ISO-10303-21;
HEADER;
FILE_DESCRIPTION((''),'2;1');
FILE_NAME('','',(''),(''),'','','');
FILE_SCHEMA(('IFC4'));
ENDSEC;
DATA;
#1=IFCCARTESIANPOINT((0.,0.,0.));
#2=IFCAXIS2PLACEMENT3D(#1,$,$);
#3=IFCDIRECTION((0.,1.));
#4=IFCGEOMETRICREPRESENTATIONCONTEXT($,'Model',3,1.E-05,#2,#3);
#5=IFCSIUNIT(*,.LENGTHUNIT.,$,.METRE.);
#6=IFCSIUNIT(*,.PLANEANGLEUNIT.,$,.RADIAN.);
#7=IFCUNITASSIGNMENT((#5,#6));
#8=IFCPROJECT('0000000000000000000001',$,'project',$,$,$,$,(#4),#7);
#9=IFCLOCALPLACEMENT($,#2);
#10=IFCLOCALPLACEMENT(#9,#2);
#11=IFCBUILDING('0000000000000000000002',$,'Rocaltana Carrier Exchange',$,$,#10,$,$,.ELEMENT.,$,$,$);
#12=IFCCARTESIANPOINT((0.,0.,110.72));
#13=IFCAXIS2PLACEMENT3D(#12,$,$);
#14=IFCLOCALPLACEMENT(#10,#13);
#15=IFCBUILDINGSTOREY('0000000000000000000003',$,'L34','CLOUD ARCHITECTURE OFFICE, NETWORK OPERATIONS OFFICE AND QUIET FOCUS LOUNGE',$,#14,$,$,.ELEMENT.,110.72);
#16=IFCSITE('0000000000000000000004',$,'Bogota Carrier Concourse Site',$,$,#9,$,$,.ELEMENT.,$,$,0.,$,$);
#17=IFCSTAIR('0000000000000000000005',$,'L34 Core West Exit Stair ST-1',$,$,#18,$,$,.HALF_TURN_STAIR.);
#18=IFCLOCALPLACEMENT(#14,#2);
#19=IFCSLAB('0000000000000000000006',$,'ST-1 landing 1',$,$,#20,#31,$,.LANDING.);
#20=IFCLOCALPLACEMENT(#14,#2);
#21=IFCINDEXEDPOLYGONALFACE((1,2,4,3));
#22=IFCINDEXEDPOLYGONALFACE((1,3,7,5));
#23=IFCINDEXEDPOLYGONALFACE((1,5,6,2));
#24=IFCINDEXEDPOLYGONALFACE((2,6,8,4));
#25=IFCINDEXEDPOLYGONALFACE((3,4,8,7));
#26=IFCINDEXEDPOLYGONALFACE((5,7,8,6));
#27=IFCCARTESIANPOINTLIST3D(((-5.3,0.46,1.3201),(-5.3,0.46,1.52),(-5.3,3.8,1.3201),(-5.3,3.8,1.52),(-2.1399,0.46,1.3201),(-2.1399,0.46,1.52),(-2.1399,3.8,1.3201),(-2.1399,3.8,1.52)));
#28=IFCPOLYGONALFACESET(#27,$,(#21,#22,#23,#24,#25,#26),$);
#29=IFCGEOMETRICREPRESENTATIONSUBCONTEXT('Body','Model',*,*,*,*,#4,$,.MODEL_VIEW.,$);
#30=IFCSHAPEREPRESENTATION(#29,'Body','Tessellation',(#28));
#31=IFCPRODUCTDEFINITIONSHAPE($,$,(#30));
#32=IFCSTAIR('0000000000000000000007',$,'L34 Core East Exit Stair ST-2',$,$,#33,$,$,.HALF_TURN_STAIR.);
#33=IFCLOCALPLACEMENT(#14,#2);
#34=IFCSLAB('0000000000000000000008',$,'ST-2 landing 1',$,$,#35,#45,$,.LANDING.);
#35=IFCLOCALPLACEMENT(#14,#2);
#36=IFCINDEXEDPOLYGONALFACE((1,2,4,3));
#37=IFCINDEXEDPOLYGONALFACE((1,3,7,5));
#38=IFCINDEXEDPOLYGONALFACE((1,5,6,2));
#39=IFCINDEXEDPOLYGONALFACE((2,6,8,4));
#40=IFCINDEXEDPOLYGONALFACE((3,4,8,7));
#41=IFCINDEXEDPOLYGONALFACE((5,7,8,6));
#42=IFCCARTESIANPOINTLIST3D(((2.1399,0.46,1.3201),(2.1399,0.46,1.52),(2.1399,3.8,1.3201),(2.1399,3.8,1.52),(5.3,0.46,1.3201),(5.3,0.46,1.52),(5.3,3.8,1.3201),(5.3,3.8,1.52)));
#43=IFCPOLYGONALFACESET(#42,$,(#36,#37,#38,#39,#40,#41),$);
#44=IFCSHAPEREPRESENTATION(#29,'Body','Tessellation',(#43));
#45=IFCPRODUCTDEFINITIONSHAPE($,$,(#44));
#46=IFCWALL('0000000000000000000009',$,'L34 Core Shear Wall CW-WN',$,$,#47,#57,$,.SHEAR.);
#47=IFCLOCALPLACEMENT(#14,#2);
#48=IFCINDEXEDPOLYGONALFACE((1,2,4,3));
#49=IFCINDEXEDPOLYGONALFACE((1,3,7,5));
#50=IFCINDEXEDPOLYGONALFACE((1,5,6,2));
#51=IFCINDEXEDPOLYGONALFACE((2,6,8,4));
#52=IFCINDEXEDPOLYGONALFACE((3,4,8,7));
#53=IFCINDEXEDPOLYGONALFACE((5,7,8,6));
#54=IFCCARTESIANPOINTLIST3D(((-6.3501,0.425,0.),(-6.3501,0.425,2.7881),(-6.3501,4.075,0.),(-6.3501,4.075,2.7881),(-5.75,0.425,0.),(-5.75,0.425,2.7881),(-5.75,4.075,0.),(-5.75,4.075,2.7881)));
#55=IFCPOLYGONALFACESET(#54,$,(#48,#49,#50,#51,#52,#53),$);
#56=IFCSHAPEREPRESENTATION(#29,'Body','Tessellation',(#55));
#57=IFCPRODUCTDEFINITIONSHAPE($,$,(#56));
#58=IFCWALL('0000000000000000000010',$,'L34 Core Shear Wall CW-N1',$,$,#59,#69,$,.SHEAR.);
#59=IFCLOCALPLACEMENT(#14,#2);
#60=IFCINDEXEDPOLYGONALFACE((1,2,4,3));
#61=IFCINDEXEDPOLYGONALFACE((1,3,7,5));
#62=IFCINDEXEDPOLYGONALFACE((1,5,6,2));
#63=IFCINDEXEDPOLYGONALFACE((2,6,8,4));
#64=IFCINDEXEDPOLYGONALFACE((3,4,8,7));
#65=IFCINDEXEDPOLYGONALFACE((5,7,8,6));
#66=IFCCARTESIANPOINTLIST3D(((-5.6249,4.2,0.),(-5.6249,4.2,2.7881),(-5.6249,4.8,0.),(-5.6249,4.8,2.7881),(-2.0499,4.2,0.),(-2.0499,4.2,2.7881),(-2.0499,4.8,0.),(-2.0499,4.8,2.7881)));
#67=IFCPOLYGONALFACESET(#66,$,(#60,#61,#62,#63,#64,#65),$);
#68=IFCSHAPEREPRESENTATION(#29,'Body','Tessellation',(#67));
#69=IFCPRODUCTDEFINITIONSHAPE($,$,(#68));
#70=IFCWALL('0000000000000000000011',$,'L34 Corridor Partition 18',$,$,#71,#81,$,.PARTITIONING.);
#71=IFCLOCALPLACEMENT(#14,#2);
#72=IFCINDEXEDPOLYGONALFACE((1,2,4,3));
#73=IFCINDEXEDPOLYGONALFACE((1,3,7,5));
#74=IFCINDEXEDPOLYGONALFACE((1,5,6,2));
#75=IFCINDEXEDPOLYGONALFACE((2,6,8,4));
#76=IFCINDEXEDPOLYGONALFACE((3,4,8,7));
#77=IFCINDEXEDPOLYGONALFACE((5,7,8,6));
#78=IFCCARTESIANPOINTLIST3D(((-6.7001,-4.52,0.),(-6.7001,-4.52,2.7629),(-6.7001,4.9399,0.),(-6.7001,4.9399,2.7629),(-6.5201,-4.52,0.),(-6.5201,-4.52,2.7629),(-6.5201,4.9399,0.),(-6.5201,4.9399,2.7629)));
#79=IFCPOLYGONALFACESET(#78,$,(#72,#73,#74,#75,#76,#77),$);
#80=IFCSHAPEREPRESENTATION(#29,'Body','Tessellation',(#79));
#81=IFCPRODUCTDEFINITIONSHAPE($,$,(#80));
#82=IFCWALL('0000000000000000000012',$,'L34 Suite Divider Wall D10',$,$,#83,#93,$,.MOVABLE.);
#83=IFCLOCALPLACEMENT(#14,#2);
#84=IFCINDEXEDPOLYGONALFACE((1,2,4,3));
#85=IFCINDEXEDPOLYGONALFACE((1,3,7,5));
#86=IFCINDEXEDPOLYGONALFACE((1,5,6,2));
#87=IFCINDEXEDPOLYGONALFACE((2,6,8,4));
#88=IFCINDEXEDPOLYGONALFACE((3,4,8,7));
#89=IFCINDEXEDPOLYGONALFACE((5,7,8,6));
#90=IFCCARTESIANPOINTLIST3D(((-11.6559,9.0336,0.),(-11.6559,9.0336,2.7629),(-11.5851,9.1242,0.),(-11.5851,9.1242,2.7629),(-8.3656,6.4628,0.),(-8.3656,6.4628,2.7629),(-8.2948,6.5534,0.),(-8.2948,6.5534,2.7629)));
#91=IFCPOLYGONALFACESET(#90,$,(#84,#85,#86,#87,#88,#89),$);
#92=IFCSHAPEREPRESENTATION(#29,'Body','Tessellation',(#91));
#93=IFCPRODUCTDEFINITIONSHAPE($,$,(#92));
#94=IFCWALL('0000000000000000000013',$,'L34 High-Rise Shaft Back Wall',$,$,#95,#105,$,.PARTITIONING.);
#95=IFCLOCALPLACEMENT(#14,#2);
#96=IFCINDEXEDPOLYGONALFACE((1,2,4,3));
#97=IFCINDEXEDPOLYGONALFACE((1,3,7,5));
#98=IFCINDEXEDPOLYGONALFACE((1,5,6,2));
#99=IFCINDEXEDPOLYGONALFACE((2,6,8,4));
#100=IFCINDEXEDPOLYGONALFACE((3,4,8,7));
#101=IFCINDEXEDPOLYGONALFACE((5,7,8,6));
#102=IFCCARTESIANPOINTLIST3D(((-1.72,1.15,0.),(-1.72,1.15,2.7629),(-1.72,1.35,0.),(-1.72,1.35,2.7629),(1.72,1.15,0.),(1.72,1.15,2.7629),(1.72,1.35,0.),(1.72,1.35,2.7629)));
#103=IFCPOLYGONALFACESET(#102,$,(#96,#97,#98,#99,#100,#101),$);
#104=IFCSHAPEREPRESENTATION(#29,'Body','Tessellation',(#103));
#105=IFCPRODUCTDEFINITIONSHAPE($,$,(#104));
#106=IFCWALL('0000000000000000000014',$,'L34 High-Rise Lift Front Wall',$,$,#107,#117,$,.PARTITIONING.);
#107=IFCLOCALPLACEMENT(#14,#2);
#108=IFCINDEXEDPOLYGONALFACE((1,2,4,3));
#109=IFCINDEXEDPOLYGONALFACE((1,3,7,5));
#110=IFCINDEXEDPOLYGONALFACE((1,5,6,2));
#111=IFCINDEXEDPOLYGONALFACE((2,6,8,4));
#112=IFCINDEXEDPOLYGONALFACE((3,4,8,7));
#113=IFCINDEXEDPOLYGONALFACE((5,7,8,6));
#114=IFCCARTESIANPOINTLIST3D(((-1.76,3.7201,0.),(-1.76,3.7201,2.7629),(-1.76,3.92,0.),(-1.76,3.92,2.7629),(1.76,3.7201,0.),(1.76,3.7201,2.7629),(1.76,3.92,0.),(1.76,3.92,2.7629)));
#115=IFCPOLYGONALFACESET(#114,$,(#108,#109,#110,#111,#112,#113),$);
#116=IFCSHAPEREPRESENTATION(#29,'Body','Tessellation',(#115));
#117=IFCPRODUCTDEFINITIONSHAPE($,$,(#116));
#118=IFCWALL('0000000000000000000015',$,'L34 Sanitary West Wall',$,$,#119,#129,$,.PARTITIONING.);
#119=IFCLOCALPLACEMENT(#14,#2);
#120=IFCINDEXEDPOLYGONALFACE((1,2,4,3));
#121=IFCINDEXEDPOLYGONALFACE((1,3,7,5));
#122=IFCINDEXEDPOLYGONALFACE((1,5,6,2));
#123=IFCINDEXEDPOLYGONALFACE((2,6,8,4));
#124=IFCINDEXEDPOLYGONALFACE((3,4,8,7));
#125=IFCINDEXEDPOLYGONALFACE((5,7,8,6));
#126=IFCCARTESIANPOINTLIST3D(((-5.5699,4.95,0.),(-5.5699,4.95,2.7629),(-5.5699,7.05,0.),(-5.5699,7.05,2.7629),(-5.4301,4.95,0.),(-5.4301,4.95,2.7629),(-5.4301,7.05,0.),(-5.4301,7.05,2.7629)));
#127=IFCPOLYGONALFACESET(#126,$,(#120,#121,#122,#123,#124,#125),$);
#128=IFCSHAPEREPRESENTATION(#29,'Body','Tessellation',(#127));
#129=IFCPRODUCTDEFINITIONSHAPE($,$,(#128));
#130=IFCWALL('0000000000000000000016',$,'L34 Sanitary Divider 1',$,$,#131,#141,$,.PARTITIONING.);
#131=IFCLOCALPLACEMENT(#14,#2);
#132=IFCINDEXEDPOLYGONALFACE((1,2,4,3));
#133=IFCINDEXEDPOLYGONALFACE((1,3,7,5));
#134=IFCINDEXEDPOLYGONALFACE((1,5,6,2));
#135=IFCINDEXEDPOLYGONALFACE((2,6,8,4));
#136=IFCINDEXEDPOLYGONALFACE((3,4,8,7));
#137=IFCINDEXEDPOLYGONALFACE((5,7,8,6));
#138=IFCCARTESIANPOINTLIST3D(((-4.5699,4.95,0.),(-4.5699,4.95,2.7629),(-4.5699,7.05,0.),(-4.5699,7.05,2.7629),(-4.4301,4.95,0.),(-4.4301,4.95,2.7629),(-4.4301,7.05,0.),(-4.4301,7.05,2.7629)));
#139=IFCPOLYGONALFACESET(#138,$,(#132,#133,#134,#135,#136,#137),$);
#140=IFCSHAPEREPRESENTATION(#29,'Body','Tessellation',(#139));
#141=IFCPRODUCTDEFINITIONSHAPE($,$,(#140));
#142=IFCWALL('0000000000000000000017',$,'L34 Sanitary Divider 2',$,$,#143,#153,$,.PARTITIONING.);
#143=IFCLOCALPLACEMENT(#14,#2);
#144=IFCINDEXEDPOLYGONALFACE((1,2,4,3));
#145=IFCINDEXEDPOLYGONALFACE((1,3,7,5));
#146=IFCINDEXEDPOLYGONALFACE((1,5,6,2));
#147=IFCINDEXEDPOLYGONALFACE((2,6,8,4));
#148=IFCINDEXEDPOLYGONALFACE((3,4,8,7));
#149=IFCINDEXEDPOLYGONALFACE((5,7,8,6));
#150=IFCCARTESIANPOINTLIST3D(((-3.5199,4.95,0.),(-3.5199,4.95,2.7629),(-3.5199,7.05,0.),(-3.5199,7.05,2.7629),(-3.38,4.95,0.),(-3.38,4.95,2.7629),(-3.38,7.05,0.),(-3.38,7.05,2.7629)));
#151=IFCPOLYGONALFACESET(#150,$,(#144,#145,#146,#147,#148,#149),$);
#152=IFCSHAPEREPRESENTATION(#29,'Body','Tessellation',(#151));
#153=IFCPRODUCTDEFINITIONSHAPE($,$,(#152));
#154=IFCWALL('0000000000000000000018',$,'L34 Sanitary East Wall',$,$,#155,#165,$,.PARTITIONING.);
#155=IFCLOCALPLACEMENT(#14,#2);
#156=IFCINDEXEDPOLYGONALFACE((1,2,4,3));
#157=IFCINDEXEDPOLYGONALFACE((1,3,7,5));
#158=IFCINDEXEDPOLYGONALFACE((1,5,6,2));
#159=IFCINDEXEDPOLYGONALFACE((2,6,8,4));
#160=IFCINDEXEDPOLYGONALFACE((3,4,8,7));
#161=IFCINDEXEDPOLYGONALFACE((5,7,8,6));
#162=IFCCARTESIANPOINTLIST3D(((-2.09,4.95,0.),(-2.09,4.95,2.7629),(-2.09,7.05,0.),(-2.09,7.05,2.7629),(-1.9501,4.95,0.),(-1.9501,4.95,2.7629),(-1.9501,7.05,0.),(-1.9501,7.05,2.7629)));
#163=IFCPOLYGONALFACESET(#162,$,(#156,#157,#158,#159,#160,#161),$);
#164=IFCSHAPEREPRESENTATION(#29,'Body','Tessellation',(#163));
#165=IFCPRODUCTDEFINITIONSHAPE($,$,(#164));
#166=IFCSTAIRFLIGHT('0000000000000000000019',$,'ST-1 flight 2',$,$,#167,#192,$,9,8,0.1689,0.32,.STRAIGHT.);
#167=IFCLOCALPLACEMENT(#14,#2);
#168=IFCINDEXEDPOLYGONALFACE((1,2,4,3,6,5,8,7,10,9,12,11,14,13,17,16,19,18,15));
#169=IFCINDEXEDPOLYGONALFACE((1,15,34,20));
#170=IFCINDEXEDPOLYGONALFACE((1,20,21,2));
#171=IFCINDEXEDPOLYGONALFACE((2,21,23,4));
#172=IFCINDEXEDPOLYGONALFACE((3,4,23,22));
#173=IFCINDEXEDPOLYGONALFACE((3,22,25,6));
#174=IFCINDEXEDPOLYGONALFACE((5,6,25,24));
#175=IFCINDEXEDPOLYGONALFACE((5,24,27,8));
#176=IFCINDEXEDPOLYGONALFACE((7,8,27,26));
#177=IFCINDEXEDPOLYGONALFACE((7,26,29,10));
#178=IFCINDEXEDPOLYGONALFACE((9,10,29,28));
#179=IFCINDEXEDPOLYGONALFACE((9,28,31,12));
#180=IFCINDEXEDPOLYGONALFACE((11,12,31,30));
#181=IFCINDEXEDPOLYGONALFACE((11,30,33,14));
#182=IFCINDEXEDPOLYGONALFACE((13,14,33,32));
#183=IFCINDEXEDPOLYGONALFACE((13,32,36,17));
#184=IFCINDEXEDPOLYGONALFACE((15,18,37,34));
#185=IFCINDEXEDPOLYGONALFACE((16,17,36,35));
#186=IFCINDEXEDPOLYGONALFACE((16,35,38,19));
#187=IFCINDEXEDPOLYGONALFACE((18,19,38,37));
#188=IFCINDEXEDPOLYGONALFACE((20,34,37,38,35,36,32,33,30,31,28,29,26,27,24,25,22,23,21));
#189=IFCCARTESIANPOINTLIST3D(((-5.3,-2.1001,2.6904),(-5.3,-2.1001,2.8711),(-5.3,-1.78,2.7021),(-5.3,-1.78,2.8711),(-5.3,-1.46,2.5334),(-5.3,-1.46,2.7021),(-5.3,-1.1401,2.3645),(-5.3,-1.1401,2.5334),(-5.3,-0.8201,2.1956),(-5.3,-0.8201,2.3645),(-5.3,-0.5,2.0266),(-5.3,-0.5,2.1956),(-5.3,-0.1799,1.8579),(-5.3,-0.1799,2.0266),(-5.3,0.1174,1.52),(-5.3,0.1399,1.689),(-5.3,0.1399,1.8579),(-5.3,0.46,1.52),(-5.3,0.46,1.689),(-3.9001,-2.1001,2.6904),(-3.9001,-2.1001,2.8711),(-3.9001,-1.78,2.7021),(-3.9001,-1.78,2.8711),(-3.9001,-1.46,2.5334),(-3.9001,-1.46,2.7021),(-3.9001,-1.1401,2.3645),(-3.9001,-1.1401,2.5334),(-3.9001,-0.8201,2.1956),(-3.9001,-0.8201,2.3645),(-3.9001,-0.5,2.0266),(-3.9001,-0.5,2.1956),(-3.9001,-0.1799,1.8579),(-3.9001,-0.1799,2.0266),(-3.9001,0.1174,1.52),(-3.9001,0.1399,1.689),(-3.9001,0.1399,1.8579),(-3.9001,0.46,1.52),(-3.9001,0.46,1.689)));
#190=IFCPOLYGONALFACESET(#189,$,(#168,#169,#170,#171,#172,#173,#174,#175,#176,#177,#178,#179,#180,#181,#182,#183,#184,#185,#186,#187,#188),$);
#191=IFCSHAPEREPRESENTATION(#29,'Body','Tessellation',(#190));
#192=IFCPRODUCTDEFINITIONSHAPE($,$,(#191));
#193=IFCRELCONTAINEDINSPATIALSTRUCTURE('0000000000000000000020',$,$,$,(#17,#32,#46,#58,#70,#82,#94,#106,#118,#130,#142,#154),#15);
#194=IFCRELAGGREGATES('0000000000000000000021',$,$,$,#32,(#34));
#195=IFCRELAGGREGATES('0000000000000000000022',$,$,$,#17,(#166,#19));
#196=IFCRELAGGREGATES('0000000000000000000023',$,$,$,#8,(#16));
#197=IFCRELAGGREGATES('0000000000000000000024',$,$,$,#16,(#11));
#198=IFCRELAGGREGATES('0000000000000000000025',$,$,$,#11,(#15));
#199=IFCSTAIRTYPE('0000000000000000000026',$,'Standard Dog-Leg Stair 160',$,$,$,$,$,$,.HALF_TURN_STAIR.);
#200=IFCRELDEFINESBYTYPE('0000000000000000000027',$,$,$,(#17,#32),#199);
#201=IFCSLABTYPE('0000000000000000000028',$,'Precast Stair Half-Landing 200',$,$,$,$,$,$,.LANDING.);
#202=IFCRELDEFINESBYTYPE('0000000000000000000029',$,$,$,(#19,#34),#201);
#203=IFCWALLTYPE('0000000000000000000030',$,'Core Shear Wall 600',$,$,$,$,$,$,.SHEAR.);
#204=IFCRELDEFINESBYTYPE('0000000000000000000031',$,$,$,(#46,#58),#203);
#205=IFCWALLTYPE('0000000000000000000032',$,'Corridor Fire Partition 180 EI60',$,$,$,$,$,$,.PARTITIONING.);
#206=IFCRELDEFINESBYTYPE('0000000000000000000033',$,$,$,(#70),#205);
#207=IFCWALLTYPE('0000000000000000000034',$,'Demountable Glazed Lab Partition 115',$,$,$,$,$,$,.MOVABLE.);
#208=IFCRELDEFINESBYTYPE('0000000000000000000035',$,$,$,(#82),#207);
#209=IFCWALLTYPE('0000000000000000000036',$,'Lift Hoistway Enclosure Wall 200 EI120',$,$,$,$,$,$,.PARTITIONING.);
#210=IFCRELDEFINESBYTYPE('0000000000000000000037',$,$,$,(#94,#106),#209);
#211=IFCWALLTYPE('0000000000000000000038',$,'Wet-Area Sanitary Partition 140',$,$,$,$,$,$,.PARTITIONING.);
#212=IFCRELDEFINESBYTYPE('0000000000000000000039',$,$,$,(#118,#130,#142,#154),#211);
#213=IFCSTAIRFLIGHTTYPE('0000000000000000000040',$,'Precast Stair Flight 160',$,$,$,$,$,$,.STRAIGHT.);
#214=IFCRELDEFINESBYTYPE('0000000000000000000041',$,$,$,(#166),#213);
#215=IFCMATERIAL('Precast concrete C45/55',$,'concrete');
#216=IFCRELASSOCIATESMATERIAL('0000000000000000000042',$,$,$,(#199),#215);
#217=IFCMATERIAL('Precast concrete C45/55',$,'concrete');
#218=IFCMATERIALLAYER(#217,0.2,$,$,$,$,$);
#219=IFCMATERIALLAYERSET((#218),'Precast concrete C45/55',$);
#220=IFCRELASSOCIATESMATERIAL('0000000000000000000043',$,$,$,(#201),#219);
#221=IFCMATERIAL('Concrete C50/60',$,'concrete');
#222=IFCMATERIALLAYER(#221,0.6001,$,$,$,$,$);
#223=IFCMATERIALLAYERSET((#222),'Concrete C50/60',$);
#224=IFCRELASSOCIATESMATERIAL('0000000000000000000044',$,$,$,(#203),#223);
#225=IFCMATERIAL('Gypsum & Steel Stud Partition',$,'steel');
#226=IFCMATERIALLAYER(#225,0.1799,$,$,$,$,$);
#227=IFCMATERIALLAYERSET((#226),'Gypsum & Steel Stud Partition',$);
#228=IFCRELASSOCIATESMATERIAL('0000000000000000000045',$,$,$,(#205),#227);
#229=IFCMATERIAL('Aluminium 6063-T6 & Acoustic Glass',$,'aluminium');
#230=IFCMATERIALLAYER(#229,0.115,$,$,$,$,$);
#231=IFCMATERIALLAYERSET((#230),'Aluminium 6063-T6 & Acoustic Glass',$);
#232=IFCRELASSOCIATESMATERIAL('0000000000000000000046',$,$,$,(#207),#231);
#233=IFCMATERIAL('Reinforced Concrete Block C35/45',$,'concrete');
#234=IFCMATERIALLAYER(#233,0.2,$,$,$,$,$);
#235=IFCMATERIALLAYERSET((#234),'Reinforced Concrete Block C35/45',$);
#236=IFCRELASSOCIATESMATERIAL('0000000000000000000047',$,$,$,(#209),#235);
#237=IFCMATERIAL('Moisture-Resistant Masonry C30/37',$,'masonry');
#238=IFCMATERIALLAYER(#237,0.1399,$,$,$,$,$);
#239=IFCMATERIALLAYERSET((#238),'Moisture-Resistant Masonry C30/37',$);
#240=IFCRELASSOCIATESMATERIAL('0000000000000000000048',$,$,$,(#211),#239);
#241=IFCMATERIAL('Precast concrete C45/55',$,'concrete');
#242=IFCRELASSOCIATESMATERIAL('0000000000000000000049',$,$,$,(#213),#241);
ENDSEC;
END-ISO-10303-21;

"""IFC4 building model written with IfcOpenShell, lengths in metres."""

from ifc_helpers import new_model, si_unit, direction, frame, frame_2d, origin, place, context, subcontext, project, spatial, polyline, rectangle, outline, extrude, material, layer, layer_set, type_object, element, aggregate, save


model = new_model("IFC4")

# Units and contexts
model_context = context("Model", 3, precision=1e-05, world=origin(), true_north=direction((0.0, 1.0)))
body_context = subcontext(model_context, "Body", "Model", "MODEL_VIEW")
ifc_project = project(units=[si_unit("LENGTHUNIT", "METRE"), si_unit("PLANEANGLEUNIT", "RADIAN")], contexts=[model_context])

# Site, building, storey
site_placement = place(None, origin())
site = spatial("IfcSite", under=ifc_project, at=site_placement, Name="Bogota Carrier Concourse Site", CompositionType="ELEMENT", RefElevation=0.0)
building_placement = place(site_placement, origin())
building = spatial("IfcBuilding", under=site, at=building_placement, Name="Rocaltana Carrier Exchange", CompositionType="ELEMENT")
storey_placement = place(building_placement, frame((0.0, 0.0, 110.72)))
storey = spatial("IfcBuildingStorey", under=building, at=storey_placement, Name="L34", Description="CLOUD ARCHITECTURE OFFICE, NETWORK OPERATIONS OFFICE AND QUIET FOCUS LOUNGE", CompositionType="ELEMENT", Elevation=110.72)

# Stairs, slabs
ifc_material_1 = material(Name="Precast concrete C45/55", Category="concrete")
stair_type = type_object("IfcStairType", Name="Standard Dog-Leg Stair 160", PredefinedType="HALF_TURN_STAIR", material=ifc_material_1)
stair_1_placement = place(storey_placement, origin())
stair_1 = element("IfcStair", 1, at=stair_1_placement, inside=storey, type_object=stair_type, Name="L34 Core West Exit Stair ST-1", PredefinedType="HALF_TURN_STAIR")
ifc_material_2 = material(Name="Precast concrete C45/55", Category="concrete")
ifc_layer_1 = layer(ifc_material_2, 0.2)
ifc_layer_set_1 = layer_set([ifc_layer_1], Name="Precast concrete C45/55")
slab_type_1 = type_object("IfcSlabType", Name="Precast Stair Half-Landing 200", PredefinedType="LANDING", material=ifc_layer_set_1)
slab_1_placement = place(storey_placement, frame((0.0, 0.0, 1.3201)))
slab_1 = element("IfcSlab", 2, at=slab_1_placement, type_object=slab_type_1, Name="ST-1 landing 1", PredefinedType="LANDING", context=body_context, shape_type="SweptSolid", body=[
    extrude(outline(polyline([(-2.1399, 0.46), (-2.1399, 3.8), (-5.3, 3.8), (-5.3, 0.46), (-2.1399, 0.46)])), origin(), (0.0, 0.0, 1.0), 0.2),
])
stair_2_placement = place(storey_placement, origin())
stair_2 = element("IfcStair", 3, at=stair_2_placement, inside=storey, type_object=stair_type, Name="L34 Core East Exit Stair ST-2", PredefinedType="HALF_TURN_STAIR")
slab_2_placement = place(storey_placement, frame((0.0, 0.0, 1.3201)))
slab_2 = element("IfcSlab", 4, at=slab_2_placement, type_object=slab_type_1, Name="ST-2 landing 1", PredefinedType="LANDING", context=body_context, shape_type="SweptSolid", body=[
    extrude(outline(polyline([(5.3, 0.46), (5.3, 3.8), (2.1399, 3.8), (2.1399, 0.46), (5.3, 0.46)])), origin(), (0.0, 0.0, 1.0), 0.2),
])
aggregate(stair_2, [slab_2])

# Walls
ifc_material_3 = material(Name="Concrete C50/60", Category="concrete")
ifc_layer_2 = layer(ifc_material_3, 0.6001)
ifc_layer_set_2 = layer_set([ifc_layer_2], Name="Concrete C50/60")
wall_type_1 = type_object("IfcWallType", Name="Core Shear Wall 600", PredefinedType="SHEAR", material=ifc_layer_set_2)
wall_1_placement = place(storey_placement, frame((-6.05, 0.425, 0.0), z_axis=(0.0, 0.0, 1.0), x_axis=(0.0, 1.0, 0.0)))
element("IfcWall", 5, at=wall_1_placement, inside=storey, type_object=wall_type_1, Name="L34 Core Shear Wall CW-WN", PredefinedType="SHEAR", context=body_context, shape_type="SweptSolid", body=[
    extrude(rectangle(XDim=3.6499, YDim=0.6001, at=frame_2d((1.825, 0.0))), origin(), (0.0, 0.0, 1.0), 2.7881),
])
wall_2_placement = place(storey_placement, frame((-5.625, 4.5, 0.0), z_axis=(0.0, 0.0, 1.0), x_axis=(1.0, 0.0, 0.0)))
element("IfcWall", 6, at=wall_2_placement, inside=storey, type_object=wall_type_1, Name="L34 Core Shear Wall CW-N1", PredefinedType="SHEAR", context=body_context, shape_type="SweptSolid", body=[
    extrude(rectangle(XDim=3.575, YDim=0.6001, at=frame_2d((1.7876, 0.0))), origin(), (0.0, 0.0, 1.0), 2.7881),
])
ifc_material_4 = material(Name="Gypsum & Steel Stud Partition", Category="steel")
ifc_layer_3 = layer(ifc_material_4, 0.1799)
ifc_layer_set_3 = layer_set([ifc_layer_3], Name="Gypsum & Steel Stud Partition")
wall_type_2 = type_object("IfcWallType", Name="Corridor Fire Partition 180 EI60", PredefinedType="PARTITIONING", material=ifc_layer_set_3)
wall_3_placement = place(storey_placement, frame((-6.6101, 4.9399, 0.0), z_axis=(0.0, 0.0, 1.0), x_axis=(0.0, -1.0, 0.0)))
element("IfcWall", 7, at=wall_3_placement, inside=storey, type_object=wall_type_2, Name="L34 Corridor Partition 18", PredefinedType="PARTITIONING", context=body_context, shape_type="SweptSolid", body=[
    extrude(rectangle(XDim=9.46, YDim=0.1799, at=frame_2d((4.73, 0.0))), origin(), (0.0, 0.0, 1.0), 2.7629),
])
ifc_material_5 = material(Name="Aluminium 6063-T6 & Acoustic Glass", Category="aluminium")
ifc_layer_4 = layer(ifc_material_5, 0.115)
ifc_layer_set_4 = layer_set([ifc_layer_4], Name="Aluminium 6063-T6 & Acoustic Glass")
wall_type_3 = type_object("IfcWallType", Name="Demountable Glazed Lab Partition 115", PredefinedType="MOVABLE", material=ifc_layer_set_4)
wall_4_placement = place(storey_placement, frame((-8.3301, 6.5081, 0.0), z_axis=(0.0, 0.0, 1.0), x_axis=(-0.787993, 0.615684, 0.0)))
element("IfcWall", 8, at=wall_4_placement, inside=storey, type_object=wall_type_3, Name="L34 Suite Divider Wall D10", PredefinedType="MOVABLE", context=body_context, shape_type="SweptSolid", body=[
    extrude(rectangle(XDim=4.1755, YDim=0.115, at=frame_2d((2.0879, 0.0))), origin(), (0.0, 0.0, 1.0), 2.7629),
])
ifc_material_6 = material(Name="Reinforced Concrete Block C35/45", Category="concrete")
ifc_layer_5 = layer(ifc_material_6, 0.2)
ifc_layer_set_5 = layer_set([ifc_layer_5], Name="Reinforced Concrete Block C35/45")
wall_type_4 = type_object("IfcWallType", Name="Lift Hoistway Enclosure Wall 200 EI120", PredefinedType="PARTITIONING", material=ifc_layer_set_5)
wall_5_placement = place(storey_placement, frame((-1.72, 1.25, 0.0), z_axis=(0.0, 0.0, 1.0), x_axis=(1.0, 0.0, 0.0)))
element("IfcWall", 9, at=wall_5_placement, inside=storey, type_object=wall_type_4, Name="L34 High-Rise Shaft Back Wall", PredefinedType="PARTITIONING", context=body_context, shape_type="SweptSolid", body=[
    extrude(rectangle(XDim=3.4399, YDim=0.2, at=frame_2d((1.72, 0.0))), origin(), (0.0, 0.0, 1.0), 2.7629),
])
wall_6_placement = place(storey_placement, frame((-1.76, 3.8201, 0.0), z_axis=(0.0, 0.0, 1.0), x_axis=(1.0, 0.0, 0.0)))
element("IfcWall", 10, at=wall_6_placement, inside=storey, type_object=wall_type_4, Name="L34 High-Rise Lift Front Wall", PredefinedType="PARTITIONING", context=body_context, shape_type="SweptSolid", body=[
    extrude(rectangle(XDim=3.52, YDim=0.2, at=frame_2d((1.76, 0.0))), origin(), (0.0, 0.0, 1.0), 2.7629),
])
ifc_material_7 = material(Name="Moisture-Resistant Masonry C30/37", Category="masonry")
ifc_layer_6 = layer(ifc_material_7, 0.1399)
ifc_layer_set_6 = layer_set([ifc_layer_6], Name="Moisture-Resistant Masonry C30/37")
wall_type_5 = type_object("IfcWallType", Name="Wet-Area Sanitary Partition 140", PredefinedType="PARTITIONING", material=ifc_layer_set_6)
for number, where, z_axis, x_axis, name in (
    (11, (-5.5, 4.95, 0.0), (0.0, 0.0, 1.0), (0.0, 1.0, 0.0), "L34 Sanitary West Wall"),
    (12, (-4.5, 4.95, 0.0), (0.0, 0.0, 1.0), (0.0, 1.0, 0.0), "L34 Sanitary Divider 1"),
    (13, (-3.45, 4.95, 0.0), (0.0, 0.0, 1.0), (0.0, 1.0, 0.0), "L34 Sanitary Divider 2"),
    (14, (-2.02, 4.95, 0.0), (0.0, 0.0, 1.0), (0.0, 1.0, 0.0), "L34 Sanitary East Wall"),
):
    element("IfcWall", number, at=place(storey_placement, frame(where, z_axis=z_axis, x_axis=x_axis)), inside=storey, type_object=wall_type_5, Name=name, PredefinedType="PARTITIONING", context=body_context, shape_type="SweptSolid", body=[
        extrude(rectangle(XDim=2.1001, YDim=0.1399, at=frame_2d((1.05, 0.0))), origin(), (0.0, 0.0, 1.0), 2.7629),
    ])

# Stair flight
ifc_material_8 = material(Name="Precast concrete C45/55", Category="concrete")
stair_flight_type = type_object("IfcStairFlightType", Name="Precast Stair Flight 160", PredefinedType="STRAIGHT", material=ifc_material_8)
stair_flight_placement = place(storey_placement, frame((-4.6001, 0.46, 1.52), z_axis=(0.0, 0.0, 1.0), x_axis=(0.0, -1.0, 0.0)))
stair_flight = element("IfcStairFlight", 15, at=stair_flight_placement, type_object=stair_flight_type, Name="ST-1 flight 2", NumberOfRisers=9, NumberOfTreads=8, PredefinedType="STRAIGHT", RiserHeight=0.1689, TreadLength=0.32, context=body_context, shape_type="SweptSolid", body=[
    extrude(outline(polyline([(0.0, 0.0), (0.0, 0.1689), (0.3201, 0.1689), (0.3201, 0.3379), (0.6399, 0.3379), (0.6399, 0.5066), (0.96, 0.5066), (0.96, 0.6755), (1.28, 0.6755), (1.28, 0.8445), (1.6001, 0.8445), (1.6001, 1.0134), (1.9199, 1.0134), (1.9199, 1.1821), (2.24, 1.1821), (2.24, 1.3511), (2.5601, 1.3511), (2.5601, 1.52), (2.5601, 1.1704), (0.3425, 0.0), (0.0, 0.0)])), frame((0.0, 0.7, 0.0), z_axis=(0.0, -1.0, 0.0), x_axis=(1.0, 0.0, 0.0)), (0.0, 0.0, 1.0), 1.3999),
])
aggregate(stair_1, [stair_flight, slab_1])

save(model, "model.ifc")
